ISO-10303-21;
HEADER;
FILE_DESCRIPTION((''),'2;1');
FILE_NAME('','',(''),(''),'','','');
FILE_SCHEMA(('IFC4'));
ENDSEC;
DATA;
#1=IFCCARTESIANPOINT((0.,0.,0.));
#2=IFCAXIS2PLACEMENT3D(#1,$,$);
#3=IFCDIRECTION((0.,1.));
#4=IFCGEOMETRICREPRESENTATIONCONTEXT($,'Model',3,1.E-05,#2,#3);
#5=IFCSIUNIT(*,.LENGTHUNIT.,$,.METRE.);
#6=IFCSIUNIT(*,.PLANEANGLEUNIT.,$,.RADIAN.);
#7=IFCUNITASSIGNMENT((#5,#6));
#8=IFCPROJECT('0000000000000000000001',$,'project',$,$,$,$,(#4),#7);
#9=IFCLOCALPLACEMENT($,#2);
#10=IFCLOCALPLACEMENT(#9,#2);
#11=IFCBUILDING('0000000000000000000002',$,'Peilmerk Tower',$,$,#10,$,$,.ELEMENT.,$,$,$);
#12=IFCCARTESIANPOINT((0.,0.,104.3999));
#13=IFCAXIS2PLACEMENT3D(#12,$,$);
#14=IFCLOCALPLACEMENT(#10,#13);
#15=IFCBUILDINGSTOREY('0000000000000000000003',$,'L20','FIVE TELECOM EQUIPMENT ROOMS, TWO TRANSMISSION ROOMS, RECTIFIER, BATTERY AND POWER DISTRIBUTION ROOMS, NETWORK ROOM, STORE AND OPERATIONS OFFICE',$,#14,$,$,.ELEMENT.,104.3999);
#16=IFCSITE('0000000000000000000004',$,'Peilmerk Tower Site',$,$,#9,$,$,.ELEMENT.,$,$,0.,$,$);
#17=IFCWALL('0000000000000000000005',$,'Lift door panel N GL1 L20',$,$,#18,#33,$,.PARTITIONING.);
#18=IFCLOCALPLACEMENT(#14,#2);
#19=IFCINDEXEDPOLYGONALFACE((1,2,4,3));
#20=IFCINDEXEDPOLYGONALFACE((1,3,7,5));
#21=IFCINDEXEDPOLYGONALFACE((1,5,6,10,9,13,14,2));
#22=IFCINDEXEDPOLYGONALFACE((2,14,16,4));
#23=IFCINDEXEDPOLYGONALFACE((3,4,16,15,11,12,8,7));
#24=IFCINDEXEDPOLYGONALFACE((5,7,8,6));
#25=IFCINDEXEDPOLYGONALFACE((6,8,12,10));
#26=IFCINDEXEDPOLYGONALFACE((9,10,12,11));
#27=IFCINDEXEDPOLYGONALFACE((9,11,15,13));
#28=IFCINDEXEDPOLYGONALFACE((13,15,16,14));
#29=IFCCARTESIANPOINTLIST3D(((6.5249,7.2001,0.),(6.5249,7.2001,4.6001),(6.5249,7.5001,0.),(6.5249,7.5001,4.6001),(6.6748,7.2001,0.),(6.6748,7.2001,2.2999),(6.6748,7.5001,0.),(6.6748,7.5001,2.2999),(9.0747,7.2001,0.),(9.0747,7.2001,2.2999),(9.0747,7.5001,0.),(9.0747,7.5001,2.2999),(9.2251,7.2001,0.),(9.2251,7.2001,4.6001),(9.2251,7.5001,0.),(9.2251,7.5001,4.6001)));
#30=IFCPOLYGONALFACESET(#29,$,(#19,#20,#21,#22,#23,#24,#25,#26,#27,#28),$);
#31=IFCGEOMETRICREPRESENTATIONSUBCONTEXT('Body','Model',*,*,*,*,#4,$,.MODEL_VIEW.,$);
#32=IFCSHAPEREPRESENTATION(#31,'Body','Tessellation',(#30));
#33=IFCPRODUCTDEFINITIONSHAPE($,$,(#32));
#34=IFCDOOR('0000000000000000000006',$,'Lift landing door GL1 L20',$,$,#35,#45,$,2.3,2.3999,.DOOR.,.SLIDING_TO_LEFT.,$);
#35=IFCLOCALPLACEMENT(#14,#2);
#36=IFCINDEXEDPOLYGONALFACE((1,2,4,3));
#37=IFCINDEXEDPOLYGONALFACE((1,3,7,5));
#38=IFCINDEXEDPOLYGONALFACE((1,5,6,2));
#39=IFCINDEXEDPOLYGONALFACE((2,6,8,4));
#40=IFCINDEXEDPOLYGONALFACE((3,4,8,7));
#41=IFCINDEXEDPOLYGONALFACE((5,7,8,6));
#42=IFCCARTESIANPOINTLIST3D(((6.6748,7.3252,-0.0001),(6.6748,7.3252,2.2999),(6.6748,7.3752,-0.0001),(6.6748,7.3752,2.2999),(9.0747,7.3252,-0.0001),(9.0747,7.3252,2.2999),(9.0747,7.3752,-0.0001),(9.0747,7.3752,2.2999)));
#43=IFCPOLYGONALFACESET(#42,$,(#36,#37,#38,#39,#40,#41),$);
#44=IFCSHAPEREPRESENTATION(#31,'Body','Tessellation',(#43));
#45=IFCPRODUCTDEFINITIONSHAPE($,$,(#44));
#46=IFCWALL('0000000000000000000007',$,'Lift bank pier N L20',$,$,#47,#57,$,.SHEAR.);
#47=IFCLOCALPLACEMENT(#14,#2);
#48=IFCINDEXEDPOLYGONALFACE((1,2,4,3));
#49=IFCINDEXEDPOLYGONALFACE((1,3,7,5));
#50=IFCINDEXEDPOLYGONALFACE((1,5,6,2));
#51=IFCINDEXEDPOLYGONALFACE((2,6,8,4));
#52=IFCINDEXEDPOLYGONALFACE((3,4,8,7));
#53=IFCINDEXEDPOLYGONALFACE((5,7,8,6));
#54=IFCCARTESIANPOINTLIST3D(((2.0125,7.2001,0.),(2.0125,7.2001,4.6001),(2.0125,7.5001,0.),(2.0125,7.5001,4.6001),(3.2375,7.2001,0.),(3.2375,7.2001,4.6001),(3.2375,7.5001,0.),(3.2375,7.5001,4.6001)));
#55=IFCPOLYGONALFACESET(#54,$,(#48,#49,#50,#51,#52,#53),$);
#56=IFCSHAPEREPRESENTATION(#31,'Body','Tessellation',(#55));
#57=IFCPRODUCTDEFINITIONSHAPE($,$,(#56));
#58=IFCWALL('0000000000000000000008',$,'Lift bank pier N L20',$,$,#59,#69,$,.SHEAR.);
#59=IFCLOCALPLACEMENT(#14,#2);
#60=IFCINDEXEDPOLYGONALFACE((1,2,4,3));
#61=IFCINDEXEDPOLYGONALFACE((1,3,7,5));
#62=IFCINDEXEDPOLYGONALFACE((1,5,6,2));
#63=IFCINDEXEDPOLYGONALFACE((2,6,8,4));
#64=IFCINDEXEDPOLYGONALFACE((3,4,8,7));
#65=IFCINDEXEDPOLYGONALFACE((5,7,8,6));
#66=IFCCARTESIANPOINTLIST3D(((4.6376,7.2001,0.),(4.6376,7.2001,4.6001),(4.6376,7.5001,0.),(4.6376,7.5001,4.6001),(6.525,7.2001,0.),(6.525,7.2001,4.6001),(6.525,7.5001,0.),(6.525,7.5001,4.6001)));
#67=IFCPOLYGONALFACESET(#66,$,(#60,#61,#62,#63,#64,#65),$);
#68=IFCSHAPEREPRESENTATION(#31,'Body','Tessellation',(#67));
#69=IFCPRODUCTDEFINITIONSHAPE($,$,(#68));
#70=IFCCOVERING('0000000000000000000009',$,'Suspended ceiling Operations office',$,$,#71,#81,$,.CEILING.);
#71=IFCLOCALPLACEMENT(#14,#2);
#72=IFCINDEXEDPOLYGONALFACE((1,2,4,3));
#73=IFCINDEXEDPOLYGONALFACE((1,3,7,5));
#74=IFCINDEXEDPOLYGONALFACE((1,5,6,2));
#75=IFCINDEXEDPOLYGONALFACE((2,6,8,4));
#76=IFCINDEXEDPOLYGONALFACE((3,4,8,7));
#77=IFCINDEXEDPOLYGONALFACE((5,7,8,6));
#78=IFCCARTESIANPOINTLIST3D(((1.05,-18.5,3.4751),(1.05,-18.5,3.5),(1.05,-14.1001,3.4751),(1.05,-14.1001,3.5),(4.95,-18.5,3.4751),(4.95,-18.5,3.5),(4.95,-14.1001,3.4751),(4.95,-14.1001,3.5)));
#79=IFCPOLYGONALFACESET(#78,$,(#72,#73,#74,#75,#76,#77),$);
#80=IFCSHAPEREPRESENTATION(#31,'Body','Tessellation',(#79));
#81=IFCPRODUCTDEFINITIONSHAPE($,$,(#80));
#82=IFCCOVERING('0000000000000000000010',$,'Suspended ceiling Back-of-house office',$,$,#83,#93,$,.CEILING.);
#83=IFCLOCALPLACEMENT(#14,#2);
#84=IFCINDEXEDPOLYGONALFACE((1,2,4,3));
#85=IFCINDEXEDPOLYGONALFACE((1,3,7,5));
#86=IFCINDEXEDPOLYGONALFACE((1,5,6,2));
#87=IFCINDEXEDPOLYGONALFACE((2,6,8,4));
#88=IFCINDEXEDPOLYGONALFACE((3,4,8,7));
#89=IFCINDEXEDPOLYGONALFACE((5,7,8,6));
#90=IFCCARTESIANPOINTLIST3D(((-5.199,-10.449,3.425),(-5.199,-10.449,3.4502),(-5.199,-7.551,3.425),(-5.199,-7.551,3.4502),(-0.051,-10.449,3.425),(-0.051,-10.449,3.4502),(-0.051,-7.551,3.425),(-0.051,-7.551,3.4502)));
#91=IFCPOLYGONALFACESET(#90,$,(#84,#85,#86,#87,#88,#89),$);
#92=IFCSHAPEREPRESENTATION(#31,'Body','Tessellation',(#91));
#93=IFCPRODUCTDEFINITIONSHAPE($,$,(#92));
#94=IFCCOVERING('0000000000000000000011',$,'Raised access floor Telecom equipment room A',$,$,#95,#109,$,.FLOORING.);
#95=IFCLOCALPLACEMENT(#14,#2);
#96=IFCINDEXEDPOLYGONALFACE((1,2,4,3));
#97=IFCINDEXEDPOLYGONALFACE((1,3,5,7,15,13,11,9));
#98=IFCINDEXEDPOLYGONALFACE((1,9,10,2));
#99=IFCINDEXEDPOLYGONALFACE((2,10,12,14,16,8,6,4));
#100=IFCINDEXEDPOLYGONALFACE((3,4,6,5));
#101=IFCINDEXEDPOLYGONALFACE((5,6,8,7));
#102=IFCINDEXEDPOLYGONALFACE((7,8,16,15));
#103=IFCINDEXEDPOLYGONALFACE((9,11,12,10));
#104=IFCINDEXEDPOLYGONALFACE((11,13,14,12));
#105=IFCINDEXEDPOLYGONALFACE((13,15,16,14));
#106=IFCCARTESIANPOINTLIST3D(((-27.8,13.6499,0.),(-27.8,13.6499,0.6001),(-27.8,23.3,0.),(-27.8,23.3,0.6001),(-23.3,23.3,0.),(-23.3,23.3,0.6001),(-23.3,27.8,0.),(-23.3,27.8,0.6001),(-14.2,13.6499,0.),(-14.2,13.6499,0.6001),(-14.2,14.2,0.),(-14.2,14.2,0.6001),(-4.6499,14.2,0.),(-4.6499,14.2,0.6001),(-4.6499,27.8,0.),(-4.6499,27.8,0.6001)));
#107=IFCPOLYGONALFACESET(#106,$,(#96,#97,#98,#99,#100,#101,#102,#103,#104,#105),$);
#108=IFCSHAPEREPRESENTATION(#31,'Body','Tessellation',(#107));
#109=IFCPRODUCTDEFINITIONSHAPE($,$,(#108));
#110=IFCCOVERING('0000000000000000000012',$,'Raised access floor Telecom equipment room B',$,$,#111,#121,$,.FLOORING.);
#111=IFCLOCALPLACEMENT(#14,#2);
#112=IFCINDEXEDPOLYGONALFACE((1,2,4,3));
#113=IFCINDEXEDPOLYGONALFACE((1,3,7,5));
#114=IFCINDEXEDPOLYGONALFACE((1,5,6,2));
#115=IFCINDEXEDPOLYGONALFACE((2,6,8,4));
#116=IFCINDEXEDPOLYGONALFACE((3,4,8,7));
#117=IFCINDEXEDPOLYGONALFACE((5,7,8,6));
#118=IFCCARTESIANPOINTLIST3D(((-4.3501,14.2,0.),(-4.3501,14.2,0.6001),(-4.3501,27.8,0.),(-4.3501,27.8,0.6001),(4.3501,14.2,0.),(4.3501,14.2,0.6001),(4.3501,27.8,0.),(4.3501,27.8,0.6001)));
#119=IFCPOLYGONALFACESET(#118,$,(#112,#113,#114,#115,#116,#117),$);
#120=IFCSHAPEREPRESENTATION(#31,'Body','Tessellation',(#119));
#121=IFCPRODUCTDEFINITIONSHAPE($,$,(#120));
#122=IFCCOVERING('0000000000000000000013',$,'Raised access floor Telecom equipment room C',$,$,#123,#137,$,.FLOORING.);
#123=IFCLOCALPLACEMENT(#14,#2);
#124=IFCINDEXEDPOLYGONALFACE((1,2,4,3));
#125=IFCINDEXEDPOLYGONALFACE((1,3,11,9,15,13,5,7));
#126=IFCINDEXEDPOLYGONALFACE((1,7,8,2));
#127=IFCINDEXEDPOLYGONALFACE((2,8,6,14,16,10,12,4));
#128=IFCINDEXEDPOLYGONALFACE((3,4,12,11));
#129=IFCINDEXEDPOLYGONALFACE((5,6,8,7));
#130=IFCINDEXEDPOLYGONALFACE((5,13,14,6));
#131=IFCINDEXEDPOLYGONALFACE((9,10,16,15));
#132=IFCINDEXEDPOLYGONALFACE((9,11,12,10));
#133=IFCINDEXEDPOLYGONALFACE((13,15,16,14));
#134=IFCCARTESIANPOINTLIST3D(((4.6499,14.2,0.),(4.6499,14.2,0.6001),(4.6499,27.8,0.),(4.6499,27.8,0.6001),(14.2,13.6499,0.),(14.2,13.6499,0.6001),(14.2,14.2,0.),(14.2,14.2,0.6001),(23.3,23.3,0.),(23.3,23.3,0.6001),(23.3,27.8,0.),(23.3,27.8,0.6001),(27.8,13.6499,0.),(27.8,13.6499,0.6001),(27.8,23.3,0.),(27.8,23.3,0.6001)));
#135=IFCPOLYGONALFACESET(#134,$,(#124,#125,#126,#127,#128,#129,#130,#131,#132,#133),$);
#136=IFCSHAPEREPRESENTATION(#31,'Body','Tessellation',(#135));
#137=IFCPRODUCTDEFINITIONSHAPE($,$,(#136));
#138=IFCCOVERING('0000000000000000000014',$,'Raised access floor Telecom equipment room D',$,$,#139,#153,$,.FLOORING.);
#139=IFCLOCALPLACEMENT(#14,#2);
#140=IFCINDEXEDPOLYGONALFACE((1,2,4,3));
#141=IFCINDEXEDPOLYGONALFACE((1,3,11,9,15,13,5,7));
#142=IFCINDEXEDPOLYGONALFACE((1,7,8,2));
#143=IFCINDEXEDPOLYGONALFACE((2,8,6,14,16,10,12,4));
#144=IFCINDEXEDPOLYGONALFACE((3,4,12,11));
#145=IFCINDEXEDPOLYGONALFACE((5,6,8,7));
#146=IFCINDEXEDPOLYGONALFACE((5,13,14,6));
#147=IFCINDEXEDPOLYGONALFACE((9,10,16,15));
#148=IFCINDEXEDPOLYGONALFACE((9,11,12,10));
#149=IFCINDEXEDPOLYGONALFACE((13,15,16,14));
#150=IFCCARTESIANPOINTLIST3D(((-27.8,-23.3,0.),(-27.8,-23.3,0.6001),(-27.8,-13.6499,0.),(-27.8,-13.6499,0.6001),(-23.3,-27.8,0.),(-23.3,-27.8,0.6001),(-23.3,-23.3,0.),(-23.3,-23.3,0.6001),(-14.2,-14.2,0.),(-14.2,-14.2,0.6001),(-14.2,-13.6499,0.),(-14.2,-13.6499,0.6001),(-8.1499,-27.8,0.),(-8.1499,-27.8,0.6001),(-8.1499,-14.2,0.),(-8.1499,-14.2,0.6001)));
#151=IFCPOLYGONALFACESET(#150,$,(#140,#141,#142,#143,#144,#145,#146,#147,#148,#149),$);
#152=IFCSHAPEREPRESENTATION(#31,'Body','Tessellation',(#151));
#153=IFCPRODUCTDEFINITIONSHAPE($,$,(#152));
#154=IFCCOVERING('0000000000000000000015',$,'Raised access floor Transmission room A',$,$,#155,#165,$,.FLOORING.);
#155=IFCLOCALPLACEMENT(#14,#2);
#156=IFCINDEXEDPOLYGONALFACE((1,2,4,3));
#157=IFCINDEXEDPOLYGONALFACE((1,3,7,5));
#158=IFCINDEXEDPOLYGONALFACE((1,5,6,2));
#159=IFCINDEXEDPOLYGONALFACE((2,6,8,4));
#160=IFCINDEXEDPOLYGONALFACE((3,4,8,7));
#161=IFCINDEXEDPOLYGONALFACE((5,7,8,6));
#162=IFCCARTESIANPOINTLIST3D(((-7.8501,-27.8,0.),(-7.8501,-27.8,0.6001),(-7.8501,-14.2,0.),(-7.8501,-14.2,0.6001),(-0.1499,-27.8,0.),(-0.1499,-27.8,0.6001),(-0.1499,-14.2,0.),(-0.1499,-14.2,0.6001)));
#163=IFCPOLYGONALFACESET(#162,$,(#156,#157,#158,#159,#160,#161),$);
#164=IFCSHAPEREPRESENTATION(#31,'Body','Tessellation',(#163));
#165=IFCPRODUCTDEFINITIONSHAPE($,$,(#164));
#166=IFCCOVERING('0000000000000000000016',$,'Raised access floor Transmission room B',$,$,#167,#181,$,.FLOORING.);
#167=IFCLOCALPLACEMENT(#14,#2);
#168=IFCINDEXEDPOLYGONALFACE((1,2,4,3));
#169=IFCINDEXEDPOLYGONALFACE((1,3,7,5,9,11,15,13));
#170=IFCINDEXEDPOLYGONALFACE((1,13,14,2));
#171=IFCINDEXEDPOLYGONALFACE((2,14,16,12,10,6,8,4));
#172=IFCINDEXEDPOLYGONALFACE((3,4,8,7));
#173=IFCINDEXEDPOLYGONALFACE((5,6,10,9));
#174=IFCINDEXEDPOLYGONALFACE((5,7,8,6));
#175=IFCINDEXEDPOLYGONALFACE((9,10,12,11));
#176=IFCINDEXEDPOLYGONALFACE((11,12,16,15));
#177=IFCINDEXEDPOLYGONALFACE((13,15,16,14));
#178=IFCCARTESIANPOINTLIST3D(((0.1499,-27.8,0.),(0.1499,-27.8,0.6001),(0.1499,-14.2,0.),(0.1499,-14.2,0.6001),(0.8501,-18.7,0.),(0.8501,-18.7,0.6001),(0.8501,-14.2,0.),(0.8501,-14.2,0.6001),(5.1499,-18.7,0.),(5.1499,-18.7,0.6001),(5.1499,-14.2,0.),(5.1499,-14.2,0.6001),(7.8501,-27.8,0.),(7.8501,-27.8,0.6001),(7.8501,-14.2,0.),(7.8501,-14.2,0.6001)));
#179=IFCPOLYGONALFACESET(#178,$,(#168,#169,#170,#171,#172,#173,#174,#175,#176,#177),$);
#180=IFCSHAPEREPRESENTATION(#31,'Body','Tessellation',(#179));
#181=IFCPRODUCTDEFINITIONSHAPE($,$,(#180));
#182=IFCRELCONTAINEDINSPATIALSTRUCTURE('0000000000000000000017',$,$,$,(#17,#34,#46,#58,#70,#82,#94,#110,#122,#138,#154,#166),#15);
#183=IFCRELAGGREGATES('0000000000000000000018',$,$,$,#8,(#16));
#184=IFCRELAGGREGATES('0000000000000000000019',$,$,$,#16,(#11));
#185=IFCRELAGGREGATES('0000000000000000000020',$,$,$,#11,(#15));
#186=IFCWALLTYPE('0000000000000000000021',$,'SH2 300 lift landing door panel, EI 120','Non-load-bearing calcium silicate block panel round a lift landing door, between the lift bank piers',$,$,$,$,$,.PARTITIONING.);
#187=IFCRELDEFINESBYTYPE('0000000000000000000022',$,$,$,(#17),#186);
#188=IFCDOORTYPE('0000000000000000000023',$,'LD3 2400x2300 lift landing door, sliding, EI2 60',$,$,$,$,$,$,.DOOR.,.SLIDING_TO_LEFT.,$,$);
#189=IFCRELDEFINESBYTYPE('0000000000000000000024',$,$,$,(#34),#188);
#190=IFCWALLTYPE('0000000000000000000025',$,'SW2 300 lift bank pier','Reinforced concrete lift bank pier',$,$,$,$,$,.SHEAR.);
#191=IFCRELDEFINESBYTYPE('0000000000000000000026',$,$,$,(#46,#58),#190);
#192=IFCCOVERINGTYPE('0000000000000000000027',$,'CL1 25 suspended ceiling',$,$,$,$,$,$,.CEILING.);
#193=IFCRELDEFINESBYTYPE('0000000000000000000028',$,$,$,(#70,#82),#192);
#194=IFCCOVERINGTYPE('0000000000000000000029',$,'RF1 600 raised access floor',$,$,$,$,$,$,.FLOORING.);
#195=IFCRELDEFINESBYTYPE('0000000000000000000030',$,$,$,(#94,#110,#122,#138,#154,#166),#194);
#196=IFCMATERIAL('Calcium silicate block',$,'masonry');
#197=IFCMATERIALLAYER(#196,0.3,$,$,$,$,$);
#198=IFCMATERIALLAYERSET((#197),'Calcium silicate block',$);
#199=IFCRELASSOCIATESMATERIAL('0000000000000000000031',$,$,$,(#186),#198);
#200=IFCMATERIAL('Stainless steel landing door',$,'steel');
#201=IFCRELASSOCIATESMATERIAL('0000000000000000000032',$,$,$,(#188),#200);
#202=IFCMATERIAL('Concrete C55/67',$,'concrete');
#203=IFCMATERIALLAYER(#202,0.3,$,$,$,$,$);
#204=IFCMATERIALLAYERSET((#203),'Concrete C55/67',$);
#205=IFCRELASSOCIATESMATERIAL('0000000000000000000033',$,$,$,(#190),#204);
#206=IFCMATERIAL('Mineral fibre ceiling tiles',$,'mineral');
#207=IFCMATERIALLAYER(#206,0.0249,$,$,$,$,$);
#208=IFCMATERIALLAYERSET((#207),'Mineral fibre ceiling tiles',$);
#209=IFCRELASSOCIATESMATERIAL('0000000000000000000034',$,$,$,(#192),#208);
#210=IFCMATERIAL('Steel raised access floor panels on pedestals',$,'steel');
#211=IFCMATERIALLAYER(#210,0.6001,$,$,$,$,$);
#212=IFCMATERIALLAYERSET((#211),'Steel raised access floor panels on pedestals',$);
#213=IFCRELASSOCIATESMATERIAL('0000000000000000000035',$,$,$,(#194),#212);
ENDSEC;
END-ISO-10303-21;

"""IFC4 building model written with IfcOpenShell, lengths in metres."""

from ifc_helpers import new_model, si_unit, direction, frame, frame_2d, origin, place, context, subcontext, project, spatial, polyline, rectangle, outline, extrude, material, layer, layer_set, type_object, element, fill, save


model = new_model("IFC4")

# Units and contexts
model_context = context("Model", 3, precision=1e-05, world=origin(), true_north=direction((0.0, 1.0)))
body_context = subcontext(model_context, "Body", "Model", "MODEL_VIEW")
ifc_project = project(units=[si_unit("LENGTHUNIT", "METRE"), si_unit("PLANEANGLEUNIT", "RADIAN")], contexts=[model_context])

# Site, building, storey
site_placement = place(None, origin())
site = spatial("IfcSite", under=ifc_project, at=site_placement, Name="Peilmerk Tower Site", CompositionType="ELEMENT", RefElevation=0.0)
building_placement = place(site_placement, origin())
building = spatial("IfcBuilding", under=site, at=building_placement, Name="Peilmerk Tower", CompositionType="ELEMENT")
storey_placement = place(building_placement, frame((0.0, 0.0, 104.3999)))
storey = spatial("IfcBuildingStorey", under=building, at=storey_placement, Name="L20", Description="FIVE TELECOM EQUIPMENT ROOMS, TWO TRANSMISSION ROOMS, RECTIFIER, BATTERY AND POWER DISTRIBUTION ROOMS, NETWORK ROOM, STORE AND OPERATIONS OFFICE", CompositionType="ELEMENT", Elevation=104.3999)

# Shared definitions
ifc_material_1 = material(Name="Calcium silicate block", Category="masonry")
ifc_layer_1 = layer(ifc_material_1, 0.3)
ifc_layer_set_1 = layer_set([ifc_layer_1], Name="Calcium silicate block")
wall_type_1 = type_object("IfcWallType", Name="SH2 300 lift landing door panel, EI 120", Description="Non-load-bearing calcium silicate block panel round a lift landing door, between the lift bank piers", PredefinedType="PARTITIONING", material=ifc_layer_set_1)

# Wall, opening, door
wall_1_placement = place(storey_placement, frame((6.5249, 7.3501, 0.0), z_axis=(0.0, 0.0, 1.0), x_axis=(1.0, 0.0, 0.0)))
wall_1 = element("IfcWall", 1, at=wall_1_placement, inside=storey, type_object=wall_type_1, Name="Lift door panel N GL1 L20", PredefinedType="PARTITIONING", context=body_context, shape_type="SweptSolid", body=[
    extrude(rectangle(XDim=2.7002, YDim=0.3, at=frame_2d((1.3501, 0.0))), origin(), (0.0, 0.0, 1.0), 4.6001),
])
opening_1_placement = place(wall_1_placement, frame((0.1499, 0.0, 0.0)))
opening_1 = element("IfcOpeningElement", 2, at=opening_1_placement, cuts=wall_1, PredefinedType="OPENING", context=body_context, shape_type="SweptSolid", body=[
    extrude(rectangle(XDim=2.3999, YDim=2.3, at=frame_2d((1.2, 1.1499))), frame((0.0, 0.1599, 0.0), z_axis=(0.0, -1.0, 0.0), x_axis=(1.0, 0.0, 0.0)), (0.0, 0.0, 1.0), 0.3201),
])
ifc_material_2 = material(Name="Stainless steel landing door", Category="steel")
door_type_1 = type_object("IfcDoorType", Name="LD3 2400x2300 lift landing door, sliding, EI2 60", OperationType="SLIDING_TO_LEFT", PredefinedType="DOOR", material=ifc_material_2)
door_1_placement = place(opening_1_placement, frame((2.3999, 0.0, 0.0), z_axis=(0.0, 0.0, 1.0), x_axis=(-1.0, 0.0, 0.0)))
door_1 = element("IfcDoor", 3, at=door_1_placement, inside=storey, type_object=door_type_1, Name="Lift landing door GL1 L20", OperationType="SLIDING_TO_LEFT", OverallHeight=2.3, OverallWidth=2.3999, PredefinedType="DOOR", context=body_context, shape_type="SweptSolid", body=[
    extrude(rectangle(XDim=2.3999, YDim=2.3, at=frame_2d((1.2, 1.1499))), frame((0.0, 0.0249, 0.0), z_axis=(0.0, -1.0, 0.0), x_axis=(1.0, 0.0, 0.0)), (0.0, 0.0, 1.0), 0.05),
])
fill(opening_1, door_1)

# Walls
ifc_material_3 = material(Name="Concrete C55/67", Category="concrete")
ifc_layer_2 = layer(ifc_material_3, 0.3)
ifc_layer_set_2 = layer_set([ifc_layer_2], Name="Concrete C55/67")
wall_type_2 = type_object("IfcWallType", Name="SW2 300 lift bank pier", Description="Reinforced concrete lift bank pier", PredefinedType="SHEAR", material=ifc_layer_set_2)
wall_2_placement = place(storey_placement, frame((2.0125, 7.3501, 0.0), z_axis=(0.0, 0.0, 1.0), x_axis=(1.0, 0.0, 0.0)))
element("IfcWall", 4, at=wall_2_placement, inside=storey, type_object=wall_type_2, Name="Lift bank pier N L20", PredefinedType="SHEAR", context=body_context, shape_type="SweptSolid", body=[
    extrude(rectangle(XDim=1.2251, YDim=0.3, at=frame_2d((0.6125, 0.0))), origin(), (0.0, 0.0, 1.0), 4.6001),
])
wall_3_placement = place(storey_placement, frame((4.6375, 7.3501, 0.0), z_axis=(0.0, 0.0, 1.0), x_axis=(1.0, 0.0, 0.0)))
element("IfcWall", 5, at=wall_3_placement, inside=storey, type_object=wall_type_2, Name="Lift bank pier N L20", PredefinedType="SHEAR", context=body_context, shape_type="SweptSolid", body=[
    extrude(rectangle(XDim=1.8875, YDim=0.3, at=frame_2d((0.9438, 0.0))), origin(), (0.0, 0.0, 1.0), 4.6001),
])

# Coverings
ifc_material_4 = material(Name="Mineral fibre ceiling tiles", Category="mineral")
ifc_layer_3 = layer(ifc_material_4, 0.0249)
ifc_layer_set_3 = layer_set([ifc_layer_3], Name="Mineral fibre ceiling tiles")
covering_type_1 = type_object("IfcCoveringType", Name="CL1 25 suspended ceiling", PredefinedType="CEILING", material=ifc_layer_set_3)
covering_1_placement = place(storey_placement, frame((0.0, 0.0, 3.4751)))
element("IfcCovering", 6, at=covering_1_placement, inside=storey, type_object=covering_type_1, Name="Suspended ceiling Operations office", PredefinedType="CEILING", context=body_context, shape_type="SweptSolid", body=[
    extrude(outline(polyline([(4.95, -18.5), (4.95, -14.1001), (1.05, -14.1001), (1.05, -18.5), (4.95, -18.5)])), origin(), (0.0, 0.0, 1.0), 0.0249),
])
covering_2_placement = place(storey_placement, frame((0.0, 0.0, 3.425)))
element("IfcCovering", 7, at=covering_2_placement, inside=storey, type_object=covering_type_1, Name="Suspended ceiling Back-of-house office", PredefinedType="CEILING", context=body_context, shape_type="SweptSolid", body=[
    extrude(outline(polyline([(-5.199, -10.449), (-0.051, -10.449), (-0.051, -7.551), (-5.199, -7.551), (-5.199, -10.449)])), origin(), (0.0, 0.0, 1.0), 0.0251),
])
ifc_material_5 = material(Name="Steel raised access floor panels on pedestals", Category="steel")
ifc_layer_4 = layer(ifc_material_5, 0.6001)
ifc_layer_set_4 = layer_set([ifc_layer_4], Name="Steel raised access floor panels on pedestals")
covering_type_2 = type_object("IfcCoveringType", Name="RF1 600 raised access floor", PredefinedType="FLOORING", material=ifc_layer_set_4)
covering_3_placement = place(storey_placement, origin())
element("IfcCovering", 8, at=covering_3_placement, inside=storey, type_object=covering_type_2, Name="Raised access floor Telecom equipment room A", PredefinedType="FLOORING", context=body_context, shape_type="SweptSolid", body=[
    extrude(outline(polyline([(-27.8, 23.3), (-27.8, 13.6499), (-14.2, 13.6499), (-14.2, 14.2), (-4.6499, 14.2), (-4.6499, 27.8), (-23.3, 27.8), (-23.3, 23.3), (-27.8, 23.3)])), origin(), (0.0, 0.0, 1.0), 0.6001),
])
covering_4_placement = place(storey_placement, origin())
element("IfcCovering", 9, at=covering_4_placement, inside=storey, type_object=covering_type_2, Name="Raised access floor Telecom equipment room B", PredefinedType="FLOORING", context=body_context, shape_type="SweptSolid", body=[
    extrude(outline(polyline([(4.3501, 27.8), (-4.3501, 27.8), (-4.3501, 14.2), (4.3501, 14.2), (4.3501, 27.8)])), origin(), (0.0, 0.0, 1.0), 0.6001),
])
covering_5_placement = place(storey_placement, origin())
element("IfcCovering", 10, at=covering_5_placement, inside=storey, type_object=covering_type_2, Name="Raised access floor Telecom equipment room C", PredefinedType="FLOORING", context=body_context, shape_type="SweptSolid", body=[
    extrude(outline(polyline([(23.3, 27.8), (4.6499, 27.8), (4.6499, 14.2), (14.2, 14.2), (14.2, 13.6499), (27.8, 13.6499), (27.8, 23.3), (23.3, 23.3), (23.3, 27.8)])), origin(), (0.0, 0.0, 1.0), 0.6001),
])
covering_6_placement = place(storey_placement, origin())
element("IfcCovering", 11, at=covering_6_placement, inside=storey, type_object=covering_type_2, Name="Raised access floor Telecom equipment room D", PredefinedType="FLOORING", context=body_context, shape_type="SweptSolid", body=[
    extrude(outline(polyline([(-23.3, -27.8), (-8.1499, -27.8), (-8.1499, -14.2), (-14.2, -14.2), (-14.2, -13.6499), (-27.8, -13.6499), (-27.8, -23.3), (-23.3, -23.3), (-23.3, -27.8)])), origin(), (0.0, 0.0, 1.0), 0.6001),
])
covering_7_placement = place(storey_placement, origin())
element("IfcCovering", 12, at=covering_7_placement, inside=storey, type_object=covering_type_2, Name="Raised access floor Transmission room A", PredefinedType="FLOORING", context=body_context, shape_type="SweptSolid", body=[
    extrude(outline(polyline([(-7.8501, -27.8), (-0.1499, -27.8), (-0.1499, -14.2), (-7.8501, -14.2), (-7.8501, -27.8)])), origin(), (0.0, 0.0, 1.0), 0.6001),
])
covering_8_placement = place(storey_placement, origin())
element("IfcCovering", 13, at=covering_8_placement, inside=storey, type_object=covering_type_2, Name="Raised access floor Transmission room B", PredefinedType="FLOORING", context=body_context, shape_type="SweptSolid", body=[
    extrude(outline(polyline([(0.1499, -14.2), (0.1499, -27.8), (7.8501, -27.8), (7.8501, -14.2), (5.1499, -14.2), (5.1499, -18.7), (0.8501, -18.7), (0.8501, -14.2), (0.1499, -14.2)])), origin(), (0.0, 0.0, 1.0), 0.6001),
])

save(model, "model.ifc")
